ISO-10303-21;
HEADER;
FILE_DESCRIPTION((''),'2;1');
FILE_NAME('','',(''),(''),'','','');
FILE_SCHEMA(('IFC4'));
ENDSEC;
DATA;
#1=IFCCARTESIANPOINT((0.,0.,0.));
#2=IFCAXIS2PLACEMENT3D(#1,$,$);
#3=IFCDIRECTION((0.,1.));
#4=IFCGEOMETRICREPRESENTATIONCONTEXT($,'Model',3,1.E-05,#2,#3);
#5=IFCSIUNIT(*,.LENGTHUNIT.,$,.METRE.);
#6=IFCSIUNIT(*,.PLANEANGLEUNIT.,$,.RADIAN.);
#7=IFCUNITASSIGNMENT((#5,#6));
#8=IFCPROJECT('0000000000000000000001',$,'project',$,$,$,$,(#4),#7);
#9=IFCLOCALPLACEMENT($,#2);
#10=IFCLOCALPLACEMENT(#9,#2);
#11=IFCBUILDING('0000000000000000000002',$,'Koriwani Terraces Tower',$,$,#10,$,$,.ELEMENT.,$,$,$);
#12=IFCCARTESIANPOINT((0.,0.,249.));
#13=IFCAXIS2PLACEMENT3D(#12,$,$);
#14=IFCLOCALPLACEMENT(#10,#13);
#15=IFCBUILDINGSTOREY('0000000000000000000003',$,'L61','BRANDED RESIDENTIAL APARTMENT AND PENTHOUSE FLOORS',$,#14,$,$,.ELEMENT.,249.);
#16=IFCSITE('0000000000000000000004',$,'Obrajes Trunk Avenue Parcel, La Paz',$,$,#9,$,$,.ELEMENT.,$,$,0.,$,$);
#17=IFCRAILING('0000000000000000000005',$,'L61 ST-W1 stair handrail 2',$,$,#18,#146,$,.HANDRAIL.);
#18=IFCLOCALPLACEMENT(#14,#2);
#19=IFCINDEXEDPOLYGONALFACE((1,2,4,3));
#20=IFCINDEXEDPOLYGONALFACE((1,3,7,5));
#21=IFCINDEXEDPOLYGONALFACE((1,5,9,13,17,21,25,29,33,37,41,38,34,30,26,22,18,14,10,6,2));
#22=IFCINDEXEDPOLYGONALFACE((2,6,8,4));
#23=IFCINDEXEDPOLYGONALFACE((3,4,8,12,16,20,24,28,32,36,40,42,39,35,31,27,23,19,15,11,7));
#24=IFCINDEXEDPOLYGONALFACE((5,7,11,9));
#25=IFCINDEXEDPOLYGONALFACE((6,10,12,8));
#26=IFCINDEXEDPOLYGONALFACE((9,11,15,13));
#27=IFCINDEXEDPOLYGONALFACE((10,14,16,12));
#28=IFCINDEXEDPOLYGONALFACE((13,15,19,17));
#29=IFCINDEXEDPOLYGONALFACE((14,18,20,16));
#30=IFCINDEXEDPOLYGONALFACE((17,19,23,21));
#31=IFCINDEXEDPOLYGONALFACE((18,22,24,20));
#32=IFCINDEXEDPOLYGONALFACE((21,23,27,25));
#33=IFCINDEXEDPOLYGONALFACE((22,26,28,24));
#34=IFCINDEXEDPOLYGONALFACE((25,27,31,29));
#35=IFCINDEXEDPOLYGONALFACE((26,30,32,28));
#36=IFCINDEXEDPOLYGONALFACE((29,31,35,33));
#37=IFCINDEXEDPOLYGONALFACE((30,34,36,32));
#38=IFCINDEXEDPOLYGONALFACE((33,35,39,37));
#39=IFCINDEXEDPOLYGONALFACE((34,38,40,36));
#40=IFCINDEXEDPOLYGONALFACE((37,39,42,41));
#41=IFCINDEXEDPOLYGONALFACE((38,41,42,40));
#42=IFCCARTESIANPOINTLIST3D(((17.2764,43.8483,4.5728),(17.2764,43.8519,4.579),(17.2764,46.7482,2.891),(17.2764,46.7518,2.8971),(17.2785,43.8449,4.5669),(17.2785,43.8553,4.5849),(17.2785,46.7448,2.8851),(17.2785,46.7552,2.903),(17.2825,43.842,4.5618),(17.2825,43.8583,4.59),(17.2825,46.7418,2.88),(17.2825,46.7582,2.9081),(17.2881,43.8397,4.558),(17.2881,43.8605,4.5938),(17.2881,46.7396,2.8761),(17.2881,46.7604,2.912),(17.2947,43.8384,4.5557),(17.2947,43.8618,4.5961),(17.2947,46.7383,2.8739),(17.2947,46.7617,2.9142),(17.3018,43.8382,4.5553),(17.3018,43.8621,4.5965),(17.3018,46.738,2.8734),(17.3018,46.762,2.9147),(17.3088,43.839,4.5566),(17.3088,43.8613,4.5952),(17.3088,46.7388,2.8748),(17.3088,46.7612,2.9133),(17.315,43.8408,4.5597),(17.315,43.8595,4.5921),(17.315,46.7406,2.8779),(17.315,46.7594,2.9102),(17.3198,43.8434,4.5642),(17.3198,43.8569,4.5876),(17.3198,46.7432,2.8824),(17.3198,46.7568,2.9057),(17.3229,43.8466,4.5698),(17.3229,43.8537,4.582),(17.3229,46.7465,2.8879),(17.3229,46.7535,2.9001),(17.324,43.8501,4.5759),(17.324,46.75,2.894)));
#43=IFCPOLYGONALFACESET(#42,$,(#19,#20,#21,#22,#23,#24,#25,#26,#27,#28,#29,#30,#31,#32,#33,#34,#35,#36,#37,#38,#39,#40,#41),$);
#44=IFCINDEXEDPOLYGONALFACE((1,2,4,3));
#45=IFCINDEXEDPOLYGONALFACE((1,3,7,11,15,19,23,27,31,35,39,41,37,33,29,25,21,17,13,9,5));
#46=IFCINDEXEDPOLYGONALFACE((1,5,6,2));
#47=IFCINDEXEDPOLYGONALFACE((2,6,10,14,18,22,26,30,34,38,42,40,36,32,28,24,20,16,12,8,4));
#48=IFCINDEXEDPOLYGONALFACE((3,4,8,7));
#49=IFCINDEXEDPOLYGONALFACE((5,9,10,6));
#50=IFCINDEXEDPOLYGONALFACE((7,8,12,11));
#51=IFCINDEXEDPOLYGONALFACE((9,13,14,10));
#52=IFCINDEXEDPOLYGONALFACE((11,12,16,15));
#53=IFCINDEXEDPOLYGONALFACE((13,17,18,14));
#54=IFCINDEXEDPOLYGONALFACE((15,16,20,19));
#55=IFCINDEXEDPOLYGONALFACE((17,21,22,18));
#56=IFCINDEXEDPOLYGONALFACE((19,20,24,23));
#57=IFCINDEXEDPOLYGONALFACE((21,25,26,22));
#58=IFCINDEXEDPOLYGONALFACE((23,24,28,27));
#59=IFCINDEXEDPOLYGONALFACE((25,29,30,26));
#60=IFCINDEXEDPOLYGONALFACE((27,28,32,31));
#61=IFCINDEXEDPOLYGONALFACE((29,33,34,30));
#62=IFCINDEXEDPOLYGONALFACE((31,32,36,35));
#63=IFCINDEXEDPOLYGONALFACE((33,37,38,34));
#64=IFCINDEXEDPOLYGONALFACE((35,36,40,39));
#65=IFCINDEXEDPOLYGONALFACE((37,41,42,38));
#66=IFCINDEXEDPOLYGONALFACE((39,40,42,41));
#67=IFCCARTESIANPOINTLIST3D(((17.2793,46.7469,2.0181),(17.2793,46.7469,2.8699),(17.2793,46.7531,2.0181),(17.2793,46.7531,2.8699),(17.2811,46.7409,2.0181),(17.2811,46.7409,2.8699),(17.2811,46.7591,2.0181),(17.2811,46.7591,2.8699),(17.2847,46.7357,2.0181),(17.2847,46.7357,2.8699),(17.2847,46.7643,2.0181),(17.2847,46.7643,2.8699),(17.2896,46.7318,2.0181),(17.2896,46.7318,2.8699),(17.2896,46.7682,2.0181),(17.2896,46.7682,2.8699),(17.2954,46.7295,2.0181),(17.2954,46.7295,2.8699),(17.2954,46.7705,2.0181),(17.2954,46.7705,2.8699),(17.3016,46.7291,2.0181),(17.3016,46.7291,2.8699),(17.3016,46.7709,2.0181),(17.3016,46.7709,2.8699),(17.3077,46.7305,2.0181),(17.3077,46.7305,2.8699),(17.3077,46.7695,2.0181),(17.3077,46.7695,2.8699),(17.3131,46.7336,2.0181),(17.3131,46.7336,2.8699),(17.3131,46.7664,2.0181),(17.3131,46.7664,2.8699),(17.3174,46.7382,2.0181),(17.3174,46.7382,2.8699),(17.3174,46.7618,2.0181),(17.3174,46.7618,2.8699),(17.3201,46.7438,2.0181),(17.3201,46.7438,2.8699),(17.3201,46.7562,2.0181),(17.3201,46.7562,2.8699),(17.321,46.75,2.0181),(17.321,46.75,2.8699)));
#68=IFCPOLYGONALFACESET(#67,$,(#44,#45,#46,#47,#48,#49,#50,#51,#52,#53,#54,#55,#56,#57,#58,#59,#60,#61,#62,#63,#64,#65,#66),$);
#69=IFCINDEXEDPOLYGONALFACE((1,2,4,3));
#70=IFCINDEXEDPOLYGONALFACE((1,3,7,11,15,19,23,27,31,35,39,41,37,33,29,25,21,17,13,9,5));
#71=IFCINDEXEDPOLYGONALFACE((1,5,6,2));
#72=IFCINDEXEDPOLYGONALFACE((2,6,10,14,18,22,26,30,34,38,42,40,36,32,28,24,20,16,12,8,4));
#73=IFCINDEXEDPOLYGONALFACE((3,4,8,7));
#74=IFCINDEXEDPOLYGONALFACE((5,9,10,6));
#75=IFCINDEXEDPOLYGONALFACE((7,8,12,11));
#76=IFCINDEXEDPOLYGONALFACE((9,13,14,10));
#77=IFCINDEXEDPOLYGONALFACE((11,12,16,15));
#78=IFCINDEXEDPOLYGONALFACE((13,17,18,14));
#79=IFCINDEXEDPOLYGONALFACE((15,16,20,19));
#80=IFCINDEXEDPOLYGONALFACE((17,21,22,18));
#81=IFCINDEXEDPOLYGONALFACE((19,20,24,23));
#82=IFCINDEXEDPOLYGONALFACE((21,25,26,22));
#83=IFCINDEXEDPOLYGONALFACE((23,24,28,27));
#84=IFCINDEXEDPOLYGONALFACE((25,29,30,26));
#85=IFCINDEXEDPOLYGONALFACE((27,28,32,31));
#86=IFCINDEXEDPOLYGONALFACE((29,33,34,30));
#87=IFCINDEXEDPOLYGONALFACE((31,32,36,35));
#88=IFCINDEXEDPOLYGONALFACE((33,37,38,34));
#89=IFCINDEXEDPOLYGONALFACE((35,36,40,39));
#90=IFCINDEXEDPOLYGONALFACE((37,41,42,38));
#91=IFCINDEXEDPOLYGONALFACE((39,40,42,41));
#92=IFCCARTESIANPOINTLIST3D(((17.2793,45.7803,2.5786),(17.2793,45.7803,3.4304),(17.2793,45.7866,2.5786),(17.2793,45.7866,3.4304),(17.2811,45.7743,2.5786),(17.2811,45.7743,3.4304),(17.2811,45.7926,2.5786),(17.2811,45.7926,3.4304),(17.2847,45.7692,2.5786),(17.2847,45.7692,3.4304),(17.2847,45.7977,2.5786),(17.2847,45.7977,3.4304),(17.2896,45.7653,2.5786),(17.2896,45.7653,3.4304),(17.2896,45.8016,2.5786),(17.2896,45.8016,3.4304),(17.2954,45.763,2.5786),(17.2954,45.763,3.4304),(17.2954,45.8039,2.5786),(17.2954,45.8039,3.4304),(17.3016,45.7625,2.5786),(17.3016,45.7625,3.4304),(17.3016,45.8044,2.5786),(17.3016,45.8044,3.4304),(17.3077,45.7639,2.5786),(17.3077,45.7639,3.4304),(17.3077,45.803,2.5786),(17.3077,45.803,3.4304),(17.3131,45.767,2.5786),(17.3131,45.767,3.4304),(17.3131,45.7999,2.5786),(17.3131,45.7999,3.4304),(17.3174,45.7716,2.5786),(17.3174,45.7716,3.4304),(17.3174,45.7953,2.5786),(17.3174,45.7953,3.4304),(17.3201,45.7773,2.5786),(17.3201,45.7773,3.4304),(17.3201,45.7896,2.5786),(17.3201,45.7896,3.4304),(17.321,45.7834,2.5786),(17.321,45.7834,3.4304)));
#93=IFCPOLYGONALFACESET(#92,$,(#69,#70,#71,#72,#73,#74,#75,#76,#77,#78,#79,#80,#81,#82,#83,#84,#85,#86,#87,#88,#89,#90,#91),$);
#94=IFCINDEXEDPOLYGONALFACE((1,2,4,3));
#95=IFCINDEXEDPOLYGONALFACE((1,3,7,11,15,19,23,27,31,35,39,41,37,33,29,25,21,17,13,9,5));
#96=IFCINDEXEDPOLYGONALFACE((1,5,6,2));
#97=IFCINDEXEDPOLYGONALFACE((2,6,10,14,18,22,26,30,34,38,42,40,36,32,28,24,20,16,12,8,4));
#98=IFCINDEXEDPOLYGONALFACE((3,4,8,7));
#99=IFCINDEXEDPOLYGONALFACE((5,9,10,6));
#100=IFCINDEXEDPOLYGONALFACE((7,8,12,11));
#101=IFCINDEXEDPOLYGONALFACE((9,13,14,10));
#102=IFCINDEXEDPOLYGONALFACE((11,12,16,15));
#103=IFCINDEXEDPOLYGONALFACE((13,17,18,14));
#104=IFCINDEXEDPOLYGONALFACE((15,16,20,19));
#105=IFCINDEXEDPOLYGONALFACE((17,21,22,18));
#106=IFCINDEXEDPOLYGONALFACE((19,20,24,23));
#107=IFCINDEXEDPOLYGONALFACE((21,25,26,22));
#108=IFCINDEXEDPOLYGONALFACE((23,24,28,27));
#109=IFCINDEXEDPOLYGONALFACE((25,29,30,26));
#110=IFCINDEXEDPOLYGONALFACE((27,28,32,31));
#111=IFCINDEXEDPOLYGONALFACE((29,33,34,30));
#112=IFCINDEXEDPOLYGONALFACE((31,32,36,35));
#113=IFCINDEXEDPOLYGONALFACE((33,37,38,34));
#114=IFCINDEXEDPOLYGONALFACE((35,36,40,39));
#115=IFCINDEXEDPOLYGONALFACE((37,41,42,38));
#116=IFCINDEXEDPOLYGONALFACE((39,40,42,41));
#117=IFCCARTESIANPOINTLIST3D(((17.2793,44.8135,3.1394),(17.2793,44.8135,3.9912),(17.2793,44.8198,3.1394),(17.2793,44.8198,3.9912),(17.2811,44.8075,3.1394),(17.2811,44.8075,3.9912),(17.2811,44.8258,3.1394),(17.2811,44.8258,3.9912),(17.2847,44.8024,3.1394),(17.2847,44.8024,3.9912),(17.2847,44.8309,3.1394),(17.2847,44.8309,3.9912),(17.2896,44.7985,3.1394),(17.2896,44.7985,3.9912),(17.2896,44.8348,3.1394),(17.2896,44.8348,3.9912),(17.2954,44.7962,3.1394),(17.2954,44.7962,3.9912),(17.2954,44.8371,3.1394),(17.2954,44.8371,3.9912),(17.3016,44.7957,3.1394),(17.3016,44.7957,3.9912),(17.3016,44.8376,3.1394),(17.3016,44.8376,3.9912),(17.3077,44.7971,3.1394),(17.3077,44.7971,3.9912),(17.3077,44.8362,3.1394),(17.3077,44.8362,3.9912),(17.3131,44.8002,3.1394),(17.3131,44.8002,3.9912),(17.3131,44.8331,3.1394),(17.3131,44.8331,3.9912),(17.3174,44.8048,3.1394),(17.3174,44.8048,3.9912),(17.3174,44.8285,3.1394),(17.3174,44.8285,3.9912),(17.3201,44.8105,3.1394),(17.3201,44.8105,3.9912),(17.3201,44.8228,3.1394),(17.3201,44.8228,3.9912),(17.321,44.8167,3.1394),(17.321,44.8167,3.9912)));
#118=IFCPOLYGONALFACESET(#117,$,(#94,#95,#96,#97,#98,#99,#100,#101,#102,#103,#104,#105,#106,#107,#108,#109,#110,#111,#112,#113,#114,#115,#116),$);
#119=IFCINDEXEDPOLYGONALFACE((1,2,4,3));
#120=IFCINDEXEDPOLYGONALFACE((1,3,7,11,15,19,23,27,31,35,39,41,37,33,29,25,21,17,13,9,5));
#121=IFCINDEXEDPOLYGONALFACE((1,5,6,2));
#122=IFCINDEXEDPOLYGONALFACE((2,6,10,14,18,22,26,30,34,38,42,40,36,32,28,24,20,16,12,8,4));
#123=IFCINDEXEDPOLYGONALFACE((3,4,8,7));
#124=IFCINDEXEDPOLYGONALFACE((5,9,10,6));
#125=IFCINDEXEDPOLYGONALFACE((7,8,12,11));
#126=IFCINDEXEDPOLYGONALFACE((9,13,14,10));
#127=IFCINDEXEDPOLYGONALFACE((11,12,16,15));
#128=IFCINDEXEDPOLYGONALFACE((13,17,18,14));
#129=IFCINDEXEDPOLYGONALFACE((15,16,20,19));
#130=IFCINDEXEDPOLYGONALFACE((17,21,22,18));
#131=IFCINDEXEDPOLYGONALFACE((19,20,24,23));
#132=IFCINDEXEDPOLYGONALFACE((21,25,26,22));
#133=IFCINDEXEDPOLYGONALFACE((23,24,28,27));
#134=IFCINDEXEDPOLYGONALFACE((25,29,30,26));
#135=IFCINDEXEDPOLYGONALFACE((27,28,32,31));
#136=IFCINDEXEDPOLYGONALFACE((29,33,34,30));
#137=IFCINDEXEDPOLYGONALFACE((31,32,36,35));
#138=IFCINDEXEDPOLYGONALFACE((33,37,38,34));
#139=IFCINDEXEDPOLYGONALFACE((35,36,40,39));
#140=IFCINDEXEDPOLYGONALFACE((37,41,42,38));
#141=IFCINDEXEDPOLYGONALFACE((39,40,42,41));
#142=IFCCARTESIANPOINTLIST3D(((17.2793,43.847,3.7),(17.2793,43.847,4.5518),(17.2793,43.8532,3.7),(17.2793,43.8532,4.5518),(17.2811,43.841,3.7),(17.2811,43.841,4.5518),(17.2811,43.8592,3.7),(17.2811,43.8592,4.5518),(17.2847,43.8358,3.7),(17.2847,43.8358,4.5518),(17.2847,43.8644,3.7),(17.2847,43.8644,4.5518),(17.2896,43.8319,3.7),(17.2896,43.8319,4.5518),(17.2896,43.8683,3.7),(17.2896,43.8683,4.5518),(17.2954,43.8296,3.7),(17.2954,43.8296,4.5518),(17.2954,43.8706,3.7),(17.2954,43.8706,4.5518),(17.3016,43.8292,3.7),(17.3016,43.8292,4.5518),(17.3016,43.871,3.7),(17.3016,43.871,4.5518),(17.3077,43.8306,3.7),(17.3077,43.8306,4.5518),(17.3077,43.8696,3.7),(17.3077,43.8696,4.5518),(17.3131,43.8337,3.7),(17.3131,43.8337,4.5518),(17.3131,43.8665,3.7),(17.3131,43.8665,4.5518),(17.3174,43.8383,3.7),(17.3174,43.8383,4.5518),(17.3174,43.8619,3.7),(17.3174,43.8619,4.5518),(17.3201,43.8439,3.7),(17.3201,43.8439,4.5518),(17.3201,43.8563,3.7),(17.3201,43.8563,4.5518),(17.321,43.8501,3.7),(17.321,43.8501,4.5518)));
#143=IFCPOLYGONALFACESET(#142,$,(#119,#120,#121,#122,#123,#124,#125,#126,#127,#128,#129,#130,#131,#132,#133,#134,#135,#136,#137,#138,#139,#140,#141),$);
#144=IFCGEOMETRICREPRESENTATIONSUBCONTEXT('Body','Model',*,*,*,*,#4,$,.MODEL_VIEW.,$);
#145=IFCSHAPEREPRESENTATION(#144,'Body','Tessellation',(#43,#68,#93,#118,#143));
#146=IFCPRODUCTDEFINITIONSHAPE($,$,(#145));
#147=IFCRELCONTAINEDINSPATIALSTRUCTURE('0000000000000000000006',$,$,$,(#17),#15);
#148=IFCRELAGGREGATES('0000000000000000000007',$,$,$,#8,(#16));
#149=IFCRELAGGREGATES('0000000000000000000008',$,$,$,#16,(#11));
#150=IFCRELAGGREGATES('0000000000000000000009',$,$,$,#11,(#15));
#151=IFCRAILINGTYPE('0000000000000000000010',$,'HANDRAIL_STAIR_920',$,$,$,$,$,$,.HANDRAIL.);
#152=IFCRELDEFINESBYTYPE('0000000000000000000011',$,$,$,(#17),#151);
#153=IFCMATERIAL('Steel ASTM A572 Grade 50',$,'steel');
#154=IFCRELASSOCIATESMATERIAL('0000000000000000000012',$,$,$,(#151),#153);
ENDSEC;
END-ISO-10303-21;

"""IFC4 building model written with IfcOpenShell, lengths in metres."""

from ifc_helpers import new_model, si_unit, direction, frame, origin, origin_2d, place, context, subcontext, project, spatial, circle, extrude, material, type_object, element, save


model = new_model("IFC4")

# Units and contexts
model_context = context("Model", 3, precision=1e-05, world=origin(), true_north=direction((0.0, 1.0)))
body_context = subcontext(model_context, "Body", "Model", "MODEL_VIEW")
ifc_project = project(units=[si_unit("LENGTHUNIT", "METRE"), si_unit("PLANEANGLEUNIT", "RADIAN")], contexts=[model_context])

# Site, building, storey
site_placement = place(None, origin())
site = spatial("IfcSite", under=ifc_project, at=site_placement, Name="Obrajes Trunk Avenue Parcel, La Paz", CompositionType="ELEMENT", RefElevation=0.0)
building_placement = place(site_placement, origin())
building = spatial("IfcBuilding", under=site, at=building_placement, Name="Koriwani Terraces Tower", CompositionType="ELEMENT")
storey_placement = place(building_placement, frame((0.0, 0.0, 249.0)))
storey = spatial("IfcBuildingStorey", under=building, at=storey_placement, Name="L61", Description="BRANDED RESIDENTIAL APARTMENT AND PENTHOUSE FLOORS", CompositionType="ELEMENT", Elevation=249.0)

# Shared definitions
ifc_material_1 = material(Name="Steel ASTM A572 Grade 50", Category="steel")

# Railing
railing_type_1 = type_object("IfcRailingType", Name="HANDRAIL_STAIR_920", PredefinedType="HANDRAIL", material=ifc_material_1)
railing_1_placement = place(storey_placement, frame((17.3, 46.75, 2.0181)))
element("IfcRailing", 1, at=railing_1_placement, inside=storey, type_object=railing_type_1, Name="L61 ST-W1 stair handrail 2", PredefinedType="HANDRAIL", context=body_context, shape_type="SweptSolid", body=[
    extrude(circle(Radius=0.0239, at=origin_2d()), frame((0.0, 0.0, 0.876), z_axis=(0.0, -0.865039, 0.501705), x_axis=(1.0, 0.0, 0.0)), (0.0, 0.0, 1.0), 3.3523),
    extrude(circle(Radius=0.021, at=origin_2d()), origin(), (0.0, 0.0, 1.0), 0.8518),
    extrude(circle(Radius=0.021, at=origin_2d()), frame((0.0, -0.9666, 0.5605)), (0.0, 0.0, 1.0), 0.8518),
    extrude(circle(Radius=0.021, at=origin_2d()), frame((0.0, -1.9333, 1.1213)), (0.0, 0.0, 1.0), 0.8518),
    extrude(circle(Radius=0.021, at=origin_2d()), frame((0.0, -2.8999, 1.6819)), (0.0, 0.0, 1.0), 0.8518),
])

save(model, "model.ifc")
